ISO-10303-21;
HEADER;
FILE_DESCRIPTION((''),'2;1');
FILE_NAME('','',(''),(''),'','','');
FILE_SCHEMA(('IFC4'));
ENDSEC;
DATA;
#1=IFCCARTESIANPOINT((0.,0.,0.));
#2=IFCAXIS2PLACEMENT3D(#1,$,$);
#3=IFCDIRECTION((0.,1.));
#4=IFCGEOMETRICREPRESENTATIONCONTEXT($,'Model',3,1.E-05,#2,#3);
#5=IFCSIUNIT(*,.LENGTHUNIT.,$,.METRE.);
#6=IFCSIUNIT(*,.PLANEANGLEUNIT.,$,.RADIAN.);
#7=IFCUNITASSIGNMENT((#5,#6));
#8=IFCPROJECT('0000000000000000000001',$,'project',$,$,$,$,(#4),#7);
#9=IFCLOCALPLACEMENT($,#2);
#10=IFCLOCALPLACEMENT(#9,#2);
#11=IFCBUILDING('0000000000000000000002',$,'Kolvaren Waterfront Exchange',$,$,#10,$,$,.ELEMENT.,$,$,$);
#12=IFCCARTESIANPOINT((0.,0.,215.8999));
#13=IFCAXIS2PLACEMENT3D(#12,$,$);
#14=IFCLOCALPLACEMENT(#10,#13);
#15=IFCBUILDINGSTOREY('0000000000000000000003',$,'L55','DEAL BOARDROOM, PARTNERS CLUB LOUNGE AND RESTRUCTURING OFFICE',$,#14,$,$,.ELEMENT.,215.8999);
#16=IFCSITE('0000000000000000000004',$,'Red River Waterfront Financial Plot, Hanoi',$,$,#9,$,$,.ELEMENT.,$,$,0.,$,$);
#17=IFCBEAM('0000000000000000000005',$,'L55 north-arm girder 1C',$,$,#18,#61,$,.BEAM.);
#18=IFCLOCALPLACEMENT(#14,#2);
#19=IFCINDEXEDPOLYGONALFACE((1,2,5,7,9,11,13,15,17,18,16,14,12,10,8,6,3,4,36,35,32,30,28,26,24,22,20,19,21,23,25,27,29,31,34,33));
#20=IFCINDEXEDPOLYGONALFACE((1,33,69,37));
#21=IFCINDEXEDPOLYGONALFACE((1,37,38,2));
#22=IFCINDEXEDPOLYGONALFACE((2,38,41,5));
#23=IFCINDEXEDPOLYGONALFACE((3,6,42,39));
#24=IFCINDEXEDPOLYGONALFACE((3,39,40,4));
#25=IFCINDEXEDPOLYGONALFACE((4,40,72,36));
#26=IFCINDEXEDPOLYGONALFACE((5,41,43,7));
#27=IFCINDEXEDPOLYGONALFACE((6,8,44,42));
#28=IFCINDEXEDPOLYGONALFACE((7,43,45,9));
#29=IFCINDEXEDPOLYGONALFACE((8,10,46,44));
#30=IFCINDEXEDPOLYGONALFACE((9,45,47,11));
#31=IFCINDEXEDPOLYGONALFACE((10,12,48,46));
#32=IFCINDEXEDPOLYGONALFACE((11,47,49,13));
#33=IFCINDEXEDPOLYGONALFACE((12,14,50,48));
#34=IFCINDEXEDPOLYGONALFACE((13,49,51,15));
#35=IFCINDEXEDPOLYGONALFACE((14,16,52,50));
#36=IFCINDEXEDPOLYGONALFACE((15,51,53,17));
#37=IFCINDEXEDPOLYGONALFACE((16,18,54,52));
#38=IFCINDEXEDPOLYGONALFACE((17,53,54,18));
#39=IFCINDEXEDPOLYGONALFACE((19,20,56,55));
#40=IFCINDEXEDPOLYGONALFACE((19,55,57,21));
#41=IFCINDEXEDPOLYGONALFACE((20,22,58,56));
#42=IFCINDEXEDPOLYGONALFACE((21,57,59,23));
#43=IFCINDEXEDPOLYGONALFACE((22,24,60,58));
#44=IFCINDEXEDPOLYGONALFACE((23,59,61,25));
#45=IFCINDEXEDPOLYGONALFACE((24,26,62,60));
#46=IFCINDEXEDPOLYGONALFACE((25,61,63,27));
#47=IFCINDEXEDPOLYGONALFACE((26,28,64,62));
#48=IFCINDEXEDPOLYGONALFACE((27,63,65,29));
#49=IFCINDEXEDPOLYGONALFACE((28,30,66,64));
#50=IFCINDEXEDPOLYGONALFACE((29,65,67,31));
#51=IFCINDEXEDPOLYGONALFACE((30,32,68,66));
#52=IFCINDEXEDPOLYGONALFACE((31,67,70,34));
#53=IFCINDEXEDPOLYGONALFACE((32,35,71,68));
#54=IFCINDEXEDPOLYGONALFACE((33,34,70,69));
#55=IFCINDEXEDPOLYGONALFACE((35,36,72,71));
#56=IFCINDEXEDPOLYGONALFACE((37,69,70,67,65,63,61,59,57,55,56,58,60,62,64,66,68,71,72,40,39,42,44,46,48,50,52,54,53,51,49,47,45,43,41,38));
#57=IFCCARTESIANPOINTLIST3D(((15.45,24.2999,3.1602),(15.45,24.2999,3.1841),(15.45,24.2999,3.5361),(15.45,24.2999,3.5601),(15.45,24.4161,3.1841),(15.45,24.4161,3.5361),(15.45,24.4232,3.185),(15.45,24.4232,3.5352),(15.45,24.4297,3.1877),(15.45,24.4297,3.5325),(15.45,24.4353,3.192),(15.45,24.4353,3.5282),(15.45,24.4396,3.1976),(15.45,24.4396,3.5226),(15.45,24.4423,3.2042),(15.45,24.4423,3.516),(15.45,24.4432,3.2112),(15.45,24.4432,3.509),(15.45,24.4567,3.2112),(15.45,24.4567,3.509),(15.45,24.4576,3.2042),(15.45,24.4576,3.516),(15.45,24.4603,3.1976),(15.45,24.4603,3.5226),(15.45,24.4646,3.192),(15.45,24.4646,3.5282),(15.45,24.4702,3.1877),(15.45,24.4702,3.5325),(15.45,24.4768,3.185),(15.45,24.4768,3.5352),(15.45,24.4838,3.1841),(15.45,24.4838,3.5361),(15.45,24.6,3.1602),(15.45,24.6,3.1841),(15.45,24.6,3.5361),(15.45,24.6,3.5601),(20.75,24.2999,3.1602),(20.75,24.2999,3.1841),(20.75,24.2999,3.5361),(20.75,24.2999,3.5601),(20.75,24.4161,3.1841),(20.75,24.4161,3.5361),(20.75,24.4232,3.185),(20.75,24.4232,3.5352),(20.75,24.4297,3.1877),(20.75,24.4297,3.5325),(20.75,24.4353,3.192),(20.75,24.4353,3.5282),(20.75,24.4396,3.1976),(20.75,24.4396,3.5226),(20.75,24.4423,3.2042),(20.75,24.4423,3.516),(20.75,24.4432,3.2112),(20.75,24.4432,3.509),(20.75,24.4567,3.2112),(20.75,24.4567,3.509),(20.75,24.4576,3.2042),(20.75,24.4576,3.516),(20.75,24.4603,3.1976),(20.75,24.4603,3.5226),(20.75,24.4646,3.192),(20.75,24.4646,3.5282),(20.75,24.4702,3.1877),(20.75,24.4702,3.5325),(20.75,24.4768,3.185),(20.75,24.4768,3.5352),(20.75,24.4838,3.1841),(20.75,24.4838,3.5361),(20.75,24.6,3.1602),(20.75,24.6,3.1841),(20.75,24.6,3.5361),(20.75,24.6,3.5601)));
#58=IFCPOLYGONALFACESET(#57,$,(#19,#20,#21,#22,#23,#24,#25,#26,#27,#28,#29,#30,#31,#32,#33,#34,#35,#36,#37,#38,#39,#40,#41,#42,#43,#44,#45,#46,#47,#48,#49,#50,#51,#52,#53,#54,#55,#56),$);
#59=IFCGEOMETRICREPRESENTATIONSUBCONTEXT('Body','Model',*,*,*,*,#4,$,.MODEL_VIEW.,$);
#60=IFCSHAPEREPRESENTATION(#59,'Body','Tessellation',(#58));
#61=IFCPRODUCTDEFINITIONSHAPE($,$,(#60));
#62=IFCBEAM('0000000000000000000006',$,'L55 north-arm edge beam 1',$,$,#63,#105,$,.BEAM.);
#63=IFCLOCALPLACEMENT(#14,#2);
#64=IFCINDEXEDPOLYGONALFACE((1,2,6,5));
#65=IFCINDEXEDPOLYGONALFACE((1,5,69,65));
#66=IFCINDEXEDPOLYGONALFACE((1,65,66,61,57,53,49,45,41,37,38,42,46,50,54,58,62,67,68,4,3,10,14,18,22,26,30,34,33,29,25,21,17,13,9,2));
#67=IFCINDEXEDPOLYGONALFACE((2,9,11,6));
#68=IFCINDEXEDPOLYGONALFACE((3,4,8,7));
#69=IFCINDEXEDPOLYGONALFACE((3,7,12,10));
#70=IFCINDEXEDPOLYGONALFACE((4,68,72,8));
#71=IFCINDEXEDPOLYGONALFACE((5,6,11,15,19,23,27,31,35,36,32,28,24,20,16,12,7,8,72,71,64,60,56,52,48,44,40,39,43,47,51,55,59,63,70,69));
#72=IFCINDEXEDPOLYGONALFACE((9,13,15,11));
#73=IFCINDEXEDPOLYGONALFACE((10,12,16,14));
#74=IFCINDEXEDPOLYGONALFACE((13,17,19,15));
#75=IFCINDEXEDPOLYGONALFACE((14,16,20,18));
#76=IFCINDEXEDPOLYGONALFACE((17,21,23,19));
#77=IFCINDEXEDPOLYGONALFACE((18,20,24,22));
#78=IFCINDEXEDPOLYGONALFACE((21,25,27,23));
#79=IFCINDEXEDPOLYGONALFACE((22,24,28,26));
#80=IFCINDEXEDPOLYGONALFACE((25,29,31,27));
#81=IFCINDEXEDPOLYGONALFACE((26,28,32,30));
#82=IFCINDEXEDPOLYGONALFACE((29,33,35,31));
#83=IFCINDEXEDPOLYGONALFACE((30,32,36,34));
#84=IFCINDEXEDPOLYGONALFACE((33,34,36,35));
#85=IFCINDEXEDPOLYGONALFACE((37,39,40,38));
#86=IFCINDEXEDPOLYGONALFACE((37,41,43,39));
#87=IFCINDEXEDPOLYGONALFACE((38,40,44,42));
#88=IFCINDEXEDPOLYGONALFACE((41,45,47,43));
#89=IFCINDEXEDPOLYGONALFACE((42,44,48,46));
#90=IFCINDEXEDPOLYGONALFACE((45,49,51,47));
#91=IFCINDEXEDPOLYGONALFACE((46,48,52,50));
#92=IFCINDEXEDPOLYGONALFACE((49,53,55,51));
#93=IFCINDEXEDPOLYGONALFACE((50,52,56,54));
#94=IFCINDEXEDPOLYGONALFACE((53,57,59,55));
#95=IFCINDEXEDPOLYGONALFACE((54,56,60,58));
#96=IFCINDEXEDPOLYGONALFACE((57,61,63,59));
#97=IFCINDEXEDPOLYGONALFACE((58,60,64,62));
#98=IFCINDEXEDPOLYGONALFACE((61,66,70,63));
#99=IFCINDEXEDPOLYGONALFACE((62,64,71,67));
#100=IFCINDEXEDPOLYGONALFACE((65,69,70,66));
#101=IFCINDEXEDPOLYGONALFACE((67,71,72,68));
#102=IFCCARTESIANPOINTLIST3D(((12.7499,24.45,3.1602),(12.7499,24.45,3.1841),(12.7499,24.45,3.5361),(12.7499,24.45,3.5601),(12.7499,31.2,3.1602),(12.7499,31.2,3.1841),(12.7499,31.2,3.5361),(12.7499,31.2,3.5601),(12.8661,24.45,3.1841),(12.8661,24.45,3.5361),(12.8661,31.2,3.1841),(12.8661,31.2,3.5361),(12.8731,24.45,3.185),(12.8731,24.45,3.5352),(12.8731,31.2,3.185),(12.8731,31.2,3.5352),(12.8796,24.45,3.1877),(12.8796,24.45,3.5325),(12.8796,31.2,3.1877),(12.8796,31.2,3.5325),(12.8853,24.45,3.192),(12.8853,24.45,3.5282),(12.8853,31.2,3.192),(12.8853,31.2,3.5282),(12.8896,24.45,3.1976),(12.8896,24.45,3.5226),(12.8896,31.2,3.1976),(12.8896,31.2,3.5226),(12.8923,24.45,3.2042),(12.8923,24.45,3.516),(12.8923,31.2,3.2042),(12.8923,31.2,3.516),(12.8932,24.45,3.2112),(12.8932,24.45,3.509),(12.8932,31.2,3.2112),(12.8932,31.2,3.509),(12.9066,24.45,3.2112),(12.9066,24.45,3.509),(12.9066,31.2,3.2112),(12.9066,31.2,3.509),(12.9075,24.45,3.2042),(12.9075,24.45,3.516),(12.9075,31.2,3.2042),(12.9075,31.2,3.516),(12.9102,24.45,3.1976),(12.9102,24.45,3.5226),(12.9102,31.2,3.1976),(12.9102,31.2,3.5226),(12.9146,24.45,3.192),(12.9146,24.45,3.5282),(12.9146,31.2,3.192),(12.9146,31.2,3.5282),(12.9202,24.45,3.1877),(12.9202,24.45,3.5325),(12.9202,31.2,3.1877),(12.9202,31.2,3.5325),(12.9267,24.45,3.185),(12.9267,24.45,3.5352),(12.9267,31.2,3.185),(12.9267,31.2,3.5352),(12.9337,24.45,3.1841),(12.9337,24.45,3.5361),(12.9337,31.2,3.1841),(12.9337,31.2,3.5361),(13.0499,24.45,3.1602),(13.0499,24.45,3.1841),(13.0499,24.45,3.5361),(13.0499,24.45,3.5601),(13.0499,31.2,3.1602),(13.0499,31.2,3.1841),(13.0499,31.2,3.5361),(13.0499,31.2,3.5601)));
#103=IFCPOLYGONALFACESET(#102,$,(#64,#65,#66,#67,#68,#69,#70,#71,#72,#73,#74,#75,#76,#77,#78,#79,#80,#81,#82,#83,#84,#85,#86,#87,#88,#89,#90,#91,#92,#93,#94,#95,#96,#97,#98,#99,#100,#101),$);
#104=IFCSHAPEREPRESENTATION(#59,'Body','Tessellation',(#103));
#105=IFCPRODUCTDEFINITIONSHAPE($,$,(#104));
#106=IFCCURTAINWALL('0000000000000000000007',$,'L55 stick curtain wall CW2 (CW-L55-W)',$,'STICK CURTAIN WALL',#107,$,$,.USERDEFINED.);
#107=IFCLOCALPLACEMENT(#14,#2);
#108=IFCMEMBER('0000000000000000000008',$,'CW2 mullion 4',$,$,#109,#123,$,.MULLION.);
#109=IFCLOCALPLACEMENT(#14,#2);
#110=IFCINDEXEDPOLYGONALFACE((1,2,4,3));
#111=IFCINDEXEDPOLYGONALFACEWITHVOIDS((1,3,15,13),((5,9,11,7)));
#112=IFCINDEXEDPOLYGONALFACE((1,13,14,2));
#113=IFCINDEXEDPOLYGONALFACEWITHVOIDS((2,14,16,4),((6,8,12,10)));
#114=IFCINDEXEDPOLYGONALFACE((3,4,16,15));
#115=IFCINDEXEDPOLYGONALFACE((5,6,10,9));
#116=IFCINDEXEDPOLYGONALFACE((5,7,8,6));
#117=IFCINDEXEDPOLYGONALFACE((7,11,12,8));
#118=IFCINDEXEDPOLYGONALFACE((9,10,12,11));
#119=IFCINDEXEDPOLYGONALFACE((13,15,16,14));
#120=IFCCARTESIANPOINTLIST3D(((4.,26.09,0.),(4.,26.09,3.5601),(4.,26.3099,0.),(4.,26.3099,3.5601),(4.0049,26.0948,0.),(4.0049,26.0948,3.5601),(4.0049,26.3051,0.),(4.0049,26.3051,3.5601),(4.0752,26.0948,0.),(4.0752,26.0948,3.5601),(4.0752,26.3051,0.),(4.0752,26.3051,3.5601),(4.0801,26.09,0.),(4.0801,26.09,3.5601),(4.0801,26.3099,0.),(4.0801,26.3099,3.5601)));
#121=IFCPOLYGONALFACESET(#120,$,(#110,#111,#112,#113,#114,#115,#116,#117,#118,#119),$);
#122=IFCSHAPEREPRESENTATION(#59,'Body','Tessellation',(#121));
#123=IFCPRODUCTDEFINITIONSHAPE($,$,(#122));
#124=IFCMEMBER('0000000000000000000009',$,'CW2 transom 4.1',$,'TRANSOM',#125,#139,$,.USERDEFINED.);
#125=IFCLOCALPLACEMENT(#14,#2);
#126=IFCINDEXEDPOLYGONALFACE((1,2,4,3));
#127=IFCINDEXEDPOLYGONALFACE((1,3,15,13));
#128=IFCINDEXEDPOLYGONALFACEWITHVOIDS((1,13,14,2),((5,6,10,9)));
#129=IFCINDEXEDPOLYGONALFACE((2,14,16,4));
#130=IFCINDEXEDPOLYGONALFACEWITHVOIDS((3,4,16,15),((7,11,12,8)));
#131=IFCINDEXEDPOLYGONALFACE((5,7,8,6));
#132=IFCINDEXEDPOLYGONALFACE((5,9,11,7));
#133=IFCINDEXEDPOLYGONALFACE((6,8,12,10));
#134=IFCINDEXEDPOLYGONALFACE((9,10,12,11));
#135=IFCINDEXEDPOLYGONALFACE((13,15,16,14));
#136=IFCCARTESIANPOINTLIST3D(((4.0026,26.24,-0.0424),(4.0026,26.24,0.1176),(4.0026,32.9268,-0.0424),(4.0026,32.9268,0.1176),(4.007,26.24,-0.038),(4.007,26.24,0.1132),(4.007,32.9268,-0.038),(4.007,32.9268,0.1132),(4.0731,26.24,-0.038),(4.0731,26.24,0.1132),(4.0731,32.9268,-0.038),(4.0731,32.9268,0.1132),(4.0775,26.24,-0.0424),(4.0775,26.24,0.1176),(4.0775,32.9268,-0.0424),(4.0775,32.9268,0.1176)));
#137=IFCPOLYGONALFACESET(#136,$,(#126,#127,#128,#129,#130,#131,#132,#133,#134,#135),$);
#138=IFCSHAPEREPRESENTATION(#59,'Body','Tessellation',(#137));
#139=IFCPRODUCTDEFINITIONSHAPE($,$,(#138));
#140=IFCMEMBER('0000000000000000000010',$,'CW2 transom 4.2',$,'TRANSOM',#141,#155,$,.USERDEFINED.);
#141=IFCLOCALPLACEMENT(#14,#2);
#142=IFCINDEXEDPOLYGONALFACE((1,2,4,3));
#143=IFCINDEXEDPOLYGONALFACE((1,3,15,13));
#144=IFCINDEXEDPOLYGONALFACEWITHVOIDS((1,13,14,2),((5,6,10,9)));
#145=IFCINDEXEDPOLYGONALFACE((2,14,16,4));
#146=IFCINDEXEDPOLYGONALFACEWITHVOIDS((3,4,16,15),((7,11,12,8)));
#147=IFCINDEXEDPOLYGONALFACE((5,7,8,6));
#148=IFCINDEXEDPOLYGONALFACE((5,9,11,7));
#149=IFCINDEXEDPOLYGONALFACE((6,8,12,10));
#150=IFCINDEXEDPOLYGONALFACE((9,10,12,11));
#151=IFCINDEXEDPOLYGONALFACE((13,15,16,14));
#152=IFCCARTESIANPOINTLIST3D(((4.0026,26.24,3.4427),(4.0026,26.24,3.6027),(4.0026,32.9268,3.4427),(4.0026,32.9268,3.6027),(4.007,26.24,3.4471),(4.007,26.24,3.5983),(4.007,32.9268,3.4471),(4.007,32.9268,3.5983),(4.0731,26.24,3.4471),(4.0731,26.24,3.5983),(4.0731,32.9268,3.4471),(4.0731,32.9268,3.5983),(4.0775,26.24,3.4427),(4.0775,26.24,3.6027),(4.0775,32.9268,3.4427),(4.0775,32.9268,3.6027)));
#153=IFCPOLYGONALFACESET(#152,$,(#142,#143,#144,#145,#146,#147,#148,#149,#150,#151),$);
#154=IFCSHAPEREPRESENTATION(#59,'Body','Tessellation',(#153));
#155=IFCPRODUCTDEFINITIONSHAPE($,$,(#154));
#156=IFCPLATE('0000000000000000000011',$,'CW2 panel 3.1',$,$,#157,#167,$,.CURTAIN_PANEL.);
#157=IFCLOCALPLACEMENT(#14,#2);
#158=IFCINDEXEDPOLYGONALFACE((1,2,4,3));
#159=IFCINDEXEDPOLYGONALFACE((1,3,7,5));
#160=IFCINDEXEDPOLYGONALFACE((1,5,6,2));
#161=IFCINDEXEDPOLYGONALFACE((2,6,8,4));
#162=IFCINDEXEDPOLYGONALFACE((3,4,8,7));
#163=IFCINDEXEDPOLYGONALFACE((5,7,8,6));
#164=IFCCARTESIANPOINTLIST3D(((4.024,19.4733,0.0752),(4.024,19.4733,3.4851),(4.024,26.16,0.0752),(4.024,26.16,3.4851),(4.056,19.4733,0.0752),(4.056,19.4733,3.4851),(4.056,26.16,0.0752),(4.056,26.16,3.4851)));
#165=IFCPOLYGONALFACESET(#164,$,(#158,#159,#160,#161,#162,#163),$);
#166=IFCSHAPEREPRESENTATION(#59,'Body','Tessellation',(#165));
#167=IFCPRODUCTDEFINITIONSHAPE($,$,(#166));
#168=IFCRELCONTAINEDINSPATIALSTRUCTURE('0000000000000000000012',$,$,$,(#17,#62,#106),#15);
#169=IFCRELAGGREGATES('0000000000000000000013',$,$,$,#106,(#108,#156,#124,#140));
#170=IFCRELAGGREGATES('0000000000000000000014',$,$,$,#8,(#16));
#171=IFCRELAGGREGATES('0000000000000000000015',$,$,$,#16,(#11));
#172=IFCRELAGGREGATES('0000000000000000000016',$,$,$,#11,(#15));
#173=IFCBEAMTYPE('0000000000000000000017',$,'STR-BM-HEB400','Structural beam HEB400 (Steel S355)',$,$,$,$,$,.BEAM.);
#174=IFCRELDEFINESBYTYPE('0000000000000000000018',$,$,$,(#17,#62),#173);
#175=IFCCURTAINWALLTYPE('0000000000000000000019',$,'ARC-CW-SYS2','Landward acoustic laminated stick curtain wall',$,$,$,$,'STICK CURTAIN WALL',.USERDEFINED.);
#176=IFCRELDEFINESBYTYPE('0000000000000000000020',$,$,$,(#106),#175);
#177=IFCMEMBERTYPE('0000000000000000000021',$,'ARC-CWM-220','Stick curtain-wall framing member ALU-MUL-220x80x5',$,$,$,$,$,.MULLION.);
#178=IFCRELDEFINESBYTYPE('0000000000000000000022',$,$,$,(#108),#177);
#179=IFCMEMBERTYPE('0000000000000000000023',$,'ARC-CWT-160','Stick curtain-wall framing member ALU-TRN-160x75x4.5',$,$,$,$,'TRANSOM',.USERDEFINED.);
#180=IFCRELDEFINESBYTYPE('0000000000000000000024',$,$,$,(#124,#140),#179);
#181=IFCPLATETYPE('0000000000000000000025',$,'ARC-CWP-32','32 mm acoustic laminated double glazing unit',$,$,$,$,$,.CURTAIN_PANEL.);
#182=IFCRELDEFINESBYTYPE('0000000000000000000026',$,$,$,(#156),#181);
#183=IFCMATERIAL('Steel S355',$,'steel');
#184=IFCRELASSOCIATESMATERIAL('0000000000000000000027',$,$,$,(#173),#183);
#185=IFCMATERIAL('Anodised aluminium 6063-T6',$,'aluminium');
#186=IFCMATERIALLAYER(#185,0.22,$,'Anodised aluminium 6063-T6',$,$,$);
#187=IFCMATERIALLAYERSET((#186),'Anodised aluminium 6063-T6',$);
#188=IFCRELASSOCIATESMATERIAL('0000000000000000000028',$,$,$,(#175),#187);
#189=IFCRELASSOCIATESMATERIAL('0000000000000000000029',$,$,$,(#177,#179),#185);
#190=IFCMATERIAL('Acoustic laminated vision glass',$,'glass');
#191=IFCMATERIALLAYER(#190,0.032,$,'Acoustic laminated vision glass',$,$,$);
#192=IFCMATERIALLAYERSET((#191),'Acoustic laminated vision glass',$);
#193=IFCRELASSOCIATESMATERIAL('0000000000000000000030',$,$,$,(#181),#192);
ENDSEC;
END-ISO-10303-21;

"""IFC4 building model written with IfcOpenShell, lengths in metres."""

from ifc_helpers import new_model, si_unit, direction, frame, origin, origin_with_axes, origin_2d, place, context, subcontext, project, spatial, rectangle, hollow_rectangle, i_section, extrude, source, transform, mapped, material, layer, layer_set, material_profile, profile_set, type_object, element, aggregate, save


model = new_model("IFC4")

# Units and contexts
model_context = context("Model", 3, precision=1e-05, world=origin(), true_north=direction((0.0, 1.0)))
body_context = subcontext(model_context, "Body", "Model", "MODEL_VIEW")
ifc_project = project(units=[si_unit("LENGTHUNIT", "METRE"), si_unit("PLANEANGLEUNIT", "RADIAN")], contexts=[model_context])

# Site, building, storey
site_placement = place(None, origin())
site = spatial("IfcSite", under=ifc_project, at=site_placement, Name="Red River Waterfront Financial Plot, Hanoi", CompositionType="ELEMENT", RefElevation=0.0)
building_placement = place(site_placement, origin())
building = spatial("IfcBuilding", under=site, at=building_placement, Name="Kolvaren Waterfront Exchange", CompositionType="ELEMENT")
storey_placement = place(building_placement, frame((0.0, 0.0, 215.8999)))
storey = spatial("IfcBuildingStorey", under=building, at=storey_placement, Name="L55", Description="DEAL BOARDROOM, PARTNERS CLUB LOUNGE AND RESTRUCTURING OFFICE", CompositionType="ELEMENT", Elevation=215.8999)

# Beams
ifc_material_1 = material(Name="Steel S355", Category="steel")
ifc_material_profile_1 = material_profile(ifc_material_1, i_section(OverallWidth=0.3, OverallDepth=0.3999, WebThickness=0.0134, FlangeThickness=0.0239, FilletRadius=0.0271, at=origin_2d()), Name="HEB400")
ifc_profile_set_1 = profile_set([ifc_material_profile_1], Name="Steel S355")
beam_type_1 = type_object("IfcBeamType", Name="STR-BM-HEB400", Description="Structural beam HEB400 (Steel S355)", PredefinedType="BEAM", material=ifc_profile_set_1)
beam_1_placement = place(storey_placement, frame((15.45, 24.45, 3.3601), z_axis=(1.0, 0.0, 0.0), x_axis=(0.0, 1.0, 0.0)))
element("IfcBeam", 1, at=beam_1_placement, inside=storey, type_object=beam_type_1, Name="L55 north-arm girder 1C", PredefinedType="BEAM", context=body_context, shape_type="SweptSolid", body=[
    extrude(i_section(OverallWidth=0.3, OverallDepth=0.3999, WebThickness=0.0134, FlangeThickness=0.0239, FilletRadius=0.0271, at=origin_2d()), origin(), (0.0, 0.0, 1.0), 5.3),
])
beam_2_placement = place(storey_placement, frame((12.8999, 24.45, 3.3601), z_axis=(0.0, 1.0, 0.0), x_axis=(-1.0, 0.0, 0.0)))
element("IfcBeam", 2, at=beam_2_placement, inside=storey, type_object=beam_type_1, Name="L55 north-arm edge beam 1", PredefinedType="BEAM", context=body_context, shape_type="SweptSolid", body=[
    extrude(i_section(OverallWidth=0.3, OverallDepth=0.3999, WebThickness=0.0134, FlangeThickness=0.0239, FilletRadius=0.0271, at=origin_2d()), origin(), (0.0, 0.0, 1.0), 6.75),
])

# Curtain wall, members, plate
ifc_material_2 = material(Name="Anodised aluminium 6063-T6", Category="aluminium")
ifc_layer_1 = layer(ifc_material_2, 0.22, Name="Anodised aluminium 6063-T6")
ifc_layer_set_1 = layer_set([ifc_layer_1], Name="Anodised aluminium 6063-T6")
curtain_wall_type = type_object("IfcCurtainWallType", Name="ARC-CW-SYS2", Description="Landward acoustic laminated stick curtain wall", ElementType="STICK CURTAIN WALL", PredefinedType="USERDEFINED", material=ifc_layer_set_1)
curtain_wall_placement = place(storey_placement, origin())
curtain_wall = element("IfcCurtainWall", 3, at=curtain_wall_placement, inside=storey, type_object=curtain_wall_type, Name="L55 stick curtain wall CW2 (CW-L55-W)", ObjectType="STICK CURTAIN WALL", PredefinedType="USERDEFINED")
ifc_material_profile_2 = material_profile(ifc_material_2, hollow_rectangle(XDim=0.0801, YDim=0.22, WallThickness=0.0049, at=origin_2d()), Name="ALU-MUL-220x80x5")
ifc_profile_set_2 = profile_set([ifc_material_profile_2], Name="Anodised aluminium 6063-T6")
member_type_1 = type_object("IfcMemberType", Name="ARC-CWM-220", Description="Stick curtain-wall framing member ALU-MUL-220x80x5", PredefinedType="MULLION", material=ifc_profile_set_2)
shared_shape_1 = source(origin_with_axes(), body_context, "Body", "SweptSolid", [
    extrude(hollow_rectangle(XDim=0.0801, YDim=0.22, WallThickness=0.0049, at=origin_2d()), origin(), (0.0, 0.0, 1.0), 3.5601),
])
member_1_placement = place(storey_placement, frame((4.04, 26.2, 0.0), z_axis=(0.0, 0.0, 1.0), x_axis=(-1.0, 0.0, 0.0)))
member_1 = element("IfcMember", 4, at=member_1_placement, type_object=member_type_1, Name="CW2 mullion 4", PredefinedType="MULLION", context=body_context, shape_type="MappedRepresentation", body=[
    mapped(shared_shape_1, transform((0.0, 0.0, 0.0), x_axis=(1.0, 0.0, 0.0), y_axis=(0.0, 1.0, 0.0), z_axis=(0.0, 0.0, 1.0), scale=1.0)),
])
ifc_material_profile_3 = material_profile(ifc_material_2, hollow_rectangle(XDim=0.075, YDim=0.1599, WallThickness=0.0044, at=origin_2d()), Name="ALU-TRN-160x75x4.5")
ifc_profile_set_3 = profile_set([ifc_material_profile_3], Name="Anodised aluminium 6063-T6")
member_type_2 = type_object("IfcMemberType", Name="ARC-CWT-160", Description="Stick curtain-wall framing member ALU-TRN-160x75x4.5", ElementType="TRANSOM", PredefinedType="USERDEFINED", material=ifc_profile_set_3)
shared_shape_2 = source(origin_with_axes(), body_context, "Body", "SweptSolid", [
    extrude(hollow_rectangle(XDim=0.075, YDim=0.1599, WallThickness=0.0044, at=origin_2d()), origin(), (0.0, 0.0, 1.0), 6.6868),
])
member_2_placement = place(storey_placement, frame((4.04, 26.24, 0.0376), z_axis=(0.0, 1.0, 0.0), x_axis=(-1.0, 0.0, 0.0)))
member_2 = element("IfcMember", 5, at=member_2_placement, type_object=member_type_2, Name="CW2 transom 4.1", ObjectType="TRANSOM", PredefinedType="USERDEFINED", context=body_context, shape_type="MappedRepresentation", body=[
    mapped(shared_shape_2, transform((0.0, 0.0, 0.0), x_axis=(1.0, 0.0, 0.0), y_axis=(0.0, 1.0, 0.0), z_axis=(0.0, 0.0, 1.0), scale=1.0)),
])
member_3_placement = place(storey_placement, frame((4.04, 26.24, 3.5227), z_axis=(0.0, 1.0, 0.0), x_axis=(-1.0, 0.0, 0.0)))
member_3 = element("IfcMember", 6, at=member_3_placement, type_object=member_type_2, Name="CW2 transom 4.2", ObjectType="TRANSOM", PredefinedType="USERDEFINED", context=body_context, shape_type="MappedRepresentation", body=[
    mapped(shared_shape_2, transform((0.0, 0.0, 0.0), x_axis=(1.0, 0.0, 0.0), y_axis=(0.0, 1.0, 0.0), z_axis=(0.0, 0.0, 1.0), scale=1.0)),
])
ifc_material_3 = material(Name="Acoustic laminated vision glass", Category="glass")
ifc_layer_2 = layer(ifc_material_3, 0.032, Name="Acoustic laminated vision glass")
ifc_layer_set_2 = layer_set([ifc_layer_2], Name="Acoustic laminated vision glass")
plate_type = type_object("IfcPlateType", Name="ARC-CWP-32", Description="32 mm acoustic laminated double glazing unit", PredefinedType="CURTAIN_PANEL", material=ifc_layer_set_2)
shared_shape_3 = source(origin_with_axes(), body_context, "Body", "SweptSolid", [
    extrude(rectangle(XDim=6.6868, YDim=0.032, at=origin_2d()), origin(), (0.0, 0.0, 1.0), 3.4099),
])
plate_placement = place(storey_placement, frame((4.04, 22.8167, 0.0752), z_axis=(0.0, 0.0, 1.0), x_axis=(0.0, 1.0, 0.0)))
plate = element("IfcPlate", 7, at=plate_placement, type_object=plate_type, Name="CW2 panel 3.1", PredefinedType="CURTAIN_PANEL", context=body_context, shape_type="MappedRepresentation", body=[
    mapped(shared_shape_3, transform((0.0, 0.0, 0.0), x_axis=(1.0, 0.0, 0.0), y_axis=(0.0, 1.0, 0.0), z_axis=(0.0, 0.0, 1.0), scale=1.0)),
])
aggregate(curtain_wall, [member_1, plate, member_2, member_3])

save(model, "model.ifc")
